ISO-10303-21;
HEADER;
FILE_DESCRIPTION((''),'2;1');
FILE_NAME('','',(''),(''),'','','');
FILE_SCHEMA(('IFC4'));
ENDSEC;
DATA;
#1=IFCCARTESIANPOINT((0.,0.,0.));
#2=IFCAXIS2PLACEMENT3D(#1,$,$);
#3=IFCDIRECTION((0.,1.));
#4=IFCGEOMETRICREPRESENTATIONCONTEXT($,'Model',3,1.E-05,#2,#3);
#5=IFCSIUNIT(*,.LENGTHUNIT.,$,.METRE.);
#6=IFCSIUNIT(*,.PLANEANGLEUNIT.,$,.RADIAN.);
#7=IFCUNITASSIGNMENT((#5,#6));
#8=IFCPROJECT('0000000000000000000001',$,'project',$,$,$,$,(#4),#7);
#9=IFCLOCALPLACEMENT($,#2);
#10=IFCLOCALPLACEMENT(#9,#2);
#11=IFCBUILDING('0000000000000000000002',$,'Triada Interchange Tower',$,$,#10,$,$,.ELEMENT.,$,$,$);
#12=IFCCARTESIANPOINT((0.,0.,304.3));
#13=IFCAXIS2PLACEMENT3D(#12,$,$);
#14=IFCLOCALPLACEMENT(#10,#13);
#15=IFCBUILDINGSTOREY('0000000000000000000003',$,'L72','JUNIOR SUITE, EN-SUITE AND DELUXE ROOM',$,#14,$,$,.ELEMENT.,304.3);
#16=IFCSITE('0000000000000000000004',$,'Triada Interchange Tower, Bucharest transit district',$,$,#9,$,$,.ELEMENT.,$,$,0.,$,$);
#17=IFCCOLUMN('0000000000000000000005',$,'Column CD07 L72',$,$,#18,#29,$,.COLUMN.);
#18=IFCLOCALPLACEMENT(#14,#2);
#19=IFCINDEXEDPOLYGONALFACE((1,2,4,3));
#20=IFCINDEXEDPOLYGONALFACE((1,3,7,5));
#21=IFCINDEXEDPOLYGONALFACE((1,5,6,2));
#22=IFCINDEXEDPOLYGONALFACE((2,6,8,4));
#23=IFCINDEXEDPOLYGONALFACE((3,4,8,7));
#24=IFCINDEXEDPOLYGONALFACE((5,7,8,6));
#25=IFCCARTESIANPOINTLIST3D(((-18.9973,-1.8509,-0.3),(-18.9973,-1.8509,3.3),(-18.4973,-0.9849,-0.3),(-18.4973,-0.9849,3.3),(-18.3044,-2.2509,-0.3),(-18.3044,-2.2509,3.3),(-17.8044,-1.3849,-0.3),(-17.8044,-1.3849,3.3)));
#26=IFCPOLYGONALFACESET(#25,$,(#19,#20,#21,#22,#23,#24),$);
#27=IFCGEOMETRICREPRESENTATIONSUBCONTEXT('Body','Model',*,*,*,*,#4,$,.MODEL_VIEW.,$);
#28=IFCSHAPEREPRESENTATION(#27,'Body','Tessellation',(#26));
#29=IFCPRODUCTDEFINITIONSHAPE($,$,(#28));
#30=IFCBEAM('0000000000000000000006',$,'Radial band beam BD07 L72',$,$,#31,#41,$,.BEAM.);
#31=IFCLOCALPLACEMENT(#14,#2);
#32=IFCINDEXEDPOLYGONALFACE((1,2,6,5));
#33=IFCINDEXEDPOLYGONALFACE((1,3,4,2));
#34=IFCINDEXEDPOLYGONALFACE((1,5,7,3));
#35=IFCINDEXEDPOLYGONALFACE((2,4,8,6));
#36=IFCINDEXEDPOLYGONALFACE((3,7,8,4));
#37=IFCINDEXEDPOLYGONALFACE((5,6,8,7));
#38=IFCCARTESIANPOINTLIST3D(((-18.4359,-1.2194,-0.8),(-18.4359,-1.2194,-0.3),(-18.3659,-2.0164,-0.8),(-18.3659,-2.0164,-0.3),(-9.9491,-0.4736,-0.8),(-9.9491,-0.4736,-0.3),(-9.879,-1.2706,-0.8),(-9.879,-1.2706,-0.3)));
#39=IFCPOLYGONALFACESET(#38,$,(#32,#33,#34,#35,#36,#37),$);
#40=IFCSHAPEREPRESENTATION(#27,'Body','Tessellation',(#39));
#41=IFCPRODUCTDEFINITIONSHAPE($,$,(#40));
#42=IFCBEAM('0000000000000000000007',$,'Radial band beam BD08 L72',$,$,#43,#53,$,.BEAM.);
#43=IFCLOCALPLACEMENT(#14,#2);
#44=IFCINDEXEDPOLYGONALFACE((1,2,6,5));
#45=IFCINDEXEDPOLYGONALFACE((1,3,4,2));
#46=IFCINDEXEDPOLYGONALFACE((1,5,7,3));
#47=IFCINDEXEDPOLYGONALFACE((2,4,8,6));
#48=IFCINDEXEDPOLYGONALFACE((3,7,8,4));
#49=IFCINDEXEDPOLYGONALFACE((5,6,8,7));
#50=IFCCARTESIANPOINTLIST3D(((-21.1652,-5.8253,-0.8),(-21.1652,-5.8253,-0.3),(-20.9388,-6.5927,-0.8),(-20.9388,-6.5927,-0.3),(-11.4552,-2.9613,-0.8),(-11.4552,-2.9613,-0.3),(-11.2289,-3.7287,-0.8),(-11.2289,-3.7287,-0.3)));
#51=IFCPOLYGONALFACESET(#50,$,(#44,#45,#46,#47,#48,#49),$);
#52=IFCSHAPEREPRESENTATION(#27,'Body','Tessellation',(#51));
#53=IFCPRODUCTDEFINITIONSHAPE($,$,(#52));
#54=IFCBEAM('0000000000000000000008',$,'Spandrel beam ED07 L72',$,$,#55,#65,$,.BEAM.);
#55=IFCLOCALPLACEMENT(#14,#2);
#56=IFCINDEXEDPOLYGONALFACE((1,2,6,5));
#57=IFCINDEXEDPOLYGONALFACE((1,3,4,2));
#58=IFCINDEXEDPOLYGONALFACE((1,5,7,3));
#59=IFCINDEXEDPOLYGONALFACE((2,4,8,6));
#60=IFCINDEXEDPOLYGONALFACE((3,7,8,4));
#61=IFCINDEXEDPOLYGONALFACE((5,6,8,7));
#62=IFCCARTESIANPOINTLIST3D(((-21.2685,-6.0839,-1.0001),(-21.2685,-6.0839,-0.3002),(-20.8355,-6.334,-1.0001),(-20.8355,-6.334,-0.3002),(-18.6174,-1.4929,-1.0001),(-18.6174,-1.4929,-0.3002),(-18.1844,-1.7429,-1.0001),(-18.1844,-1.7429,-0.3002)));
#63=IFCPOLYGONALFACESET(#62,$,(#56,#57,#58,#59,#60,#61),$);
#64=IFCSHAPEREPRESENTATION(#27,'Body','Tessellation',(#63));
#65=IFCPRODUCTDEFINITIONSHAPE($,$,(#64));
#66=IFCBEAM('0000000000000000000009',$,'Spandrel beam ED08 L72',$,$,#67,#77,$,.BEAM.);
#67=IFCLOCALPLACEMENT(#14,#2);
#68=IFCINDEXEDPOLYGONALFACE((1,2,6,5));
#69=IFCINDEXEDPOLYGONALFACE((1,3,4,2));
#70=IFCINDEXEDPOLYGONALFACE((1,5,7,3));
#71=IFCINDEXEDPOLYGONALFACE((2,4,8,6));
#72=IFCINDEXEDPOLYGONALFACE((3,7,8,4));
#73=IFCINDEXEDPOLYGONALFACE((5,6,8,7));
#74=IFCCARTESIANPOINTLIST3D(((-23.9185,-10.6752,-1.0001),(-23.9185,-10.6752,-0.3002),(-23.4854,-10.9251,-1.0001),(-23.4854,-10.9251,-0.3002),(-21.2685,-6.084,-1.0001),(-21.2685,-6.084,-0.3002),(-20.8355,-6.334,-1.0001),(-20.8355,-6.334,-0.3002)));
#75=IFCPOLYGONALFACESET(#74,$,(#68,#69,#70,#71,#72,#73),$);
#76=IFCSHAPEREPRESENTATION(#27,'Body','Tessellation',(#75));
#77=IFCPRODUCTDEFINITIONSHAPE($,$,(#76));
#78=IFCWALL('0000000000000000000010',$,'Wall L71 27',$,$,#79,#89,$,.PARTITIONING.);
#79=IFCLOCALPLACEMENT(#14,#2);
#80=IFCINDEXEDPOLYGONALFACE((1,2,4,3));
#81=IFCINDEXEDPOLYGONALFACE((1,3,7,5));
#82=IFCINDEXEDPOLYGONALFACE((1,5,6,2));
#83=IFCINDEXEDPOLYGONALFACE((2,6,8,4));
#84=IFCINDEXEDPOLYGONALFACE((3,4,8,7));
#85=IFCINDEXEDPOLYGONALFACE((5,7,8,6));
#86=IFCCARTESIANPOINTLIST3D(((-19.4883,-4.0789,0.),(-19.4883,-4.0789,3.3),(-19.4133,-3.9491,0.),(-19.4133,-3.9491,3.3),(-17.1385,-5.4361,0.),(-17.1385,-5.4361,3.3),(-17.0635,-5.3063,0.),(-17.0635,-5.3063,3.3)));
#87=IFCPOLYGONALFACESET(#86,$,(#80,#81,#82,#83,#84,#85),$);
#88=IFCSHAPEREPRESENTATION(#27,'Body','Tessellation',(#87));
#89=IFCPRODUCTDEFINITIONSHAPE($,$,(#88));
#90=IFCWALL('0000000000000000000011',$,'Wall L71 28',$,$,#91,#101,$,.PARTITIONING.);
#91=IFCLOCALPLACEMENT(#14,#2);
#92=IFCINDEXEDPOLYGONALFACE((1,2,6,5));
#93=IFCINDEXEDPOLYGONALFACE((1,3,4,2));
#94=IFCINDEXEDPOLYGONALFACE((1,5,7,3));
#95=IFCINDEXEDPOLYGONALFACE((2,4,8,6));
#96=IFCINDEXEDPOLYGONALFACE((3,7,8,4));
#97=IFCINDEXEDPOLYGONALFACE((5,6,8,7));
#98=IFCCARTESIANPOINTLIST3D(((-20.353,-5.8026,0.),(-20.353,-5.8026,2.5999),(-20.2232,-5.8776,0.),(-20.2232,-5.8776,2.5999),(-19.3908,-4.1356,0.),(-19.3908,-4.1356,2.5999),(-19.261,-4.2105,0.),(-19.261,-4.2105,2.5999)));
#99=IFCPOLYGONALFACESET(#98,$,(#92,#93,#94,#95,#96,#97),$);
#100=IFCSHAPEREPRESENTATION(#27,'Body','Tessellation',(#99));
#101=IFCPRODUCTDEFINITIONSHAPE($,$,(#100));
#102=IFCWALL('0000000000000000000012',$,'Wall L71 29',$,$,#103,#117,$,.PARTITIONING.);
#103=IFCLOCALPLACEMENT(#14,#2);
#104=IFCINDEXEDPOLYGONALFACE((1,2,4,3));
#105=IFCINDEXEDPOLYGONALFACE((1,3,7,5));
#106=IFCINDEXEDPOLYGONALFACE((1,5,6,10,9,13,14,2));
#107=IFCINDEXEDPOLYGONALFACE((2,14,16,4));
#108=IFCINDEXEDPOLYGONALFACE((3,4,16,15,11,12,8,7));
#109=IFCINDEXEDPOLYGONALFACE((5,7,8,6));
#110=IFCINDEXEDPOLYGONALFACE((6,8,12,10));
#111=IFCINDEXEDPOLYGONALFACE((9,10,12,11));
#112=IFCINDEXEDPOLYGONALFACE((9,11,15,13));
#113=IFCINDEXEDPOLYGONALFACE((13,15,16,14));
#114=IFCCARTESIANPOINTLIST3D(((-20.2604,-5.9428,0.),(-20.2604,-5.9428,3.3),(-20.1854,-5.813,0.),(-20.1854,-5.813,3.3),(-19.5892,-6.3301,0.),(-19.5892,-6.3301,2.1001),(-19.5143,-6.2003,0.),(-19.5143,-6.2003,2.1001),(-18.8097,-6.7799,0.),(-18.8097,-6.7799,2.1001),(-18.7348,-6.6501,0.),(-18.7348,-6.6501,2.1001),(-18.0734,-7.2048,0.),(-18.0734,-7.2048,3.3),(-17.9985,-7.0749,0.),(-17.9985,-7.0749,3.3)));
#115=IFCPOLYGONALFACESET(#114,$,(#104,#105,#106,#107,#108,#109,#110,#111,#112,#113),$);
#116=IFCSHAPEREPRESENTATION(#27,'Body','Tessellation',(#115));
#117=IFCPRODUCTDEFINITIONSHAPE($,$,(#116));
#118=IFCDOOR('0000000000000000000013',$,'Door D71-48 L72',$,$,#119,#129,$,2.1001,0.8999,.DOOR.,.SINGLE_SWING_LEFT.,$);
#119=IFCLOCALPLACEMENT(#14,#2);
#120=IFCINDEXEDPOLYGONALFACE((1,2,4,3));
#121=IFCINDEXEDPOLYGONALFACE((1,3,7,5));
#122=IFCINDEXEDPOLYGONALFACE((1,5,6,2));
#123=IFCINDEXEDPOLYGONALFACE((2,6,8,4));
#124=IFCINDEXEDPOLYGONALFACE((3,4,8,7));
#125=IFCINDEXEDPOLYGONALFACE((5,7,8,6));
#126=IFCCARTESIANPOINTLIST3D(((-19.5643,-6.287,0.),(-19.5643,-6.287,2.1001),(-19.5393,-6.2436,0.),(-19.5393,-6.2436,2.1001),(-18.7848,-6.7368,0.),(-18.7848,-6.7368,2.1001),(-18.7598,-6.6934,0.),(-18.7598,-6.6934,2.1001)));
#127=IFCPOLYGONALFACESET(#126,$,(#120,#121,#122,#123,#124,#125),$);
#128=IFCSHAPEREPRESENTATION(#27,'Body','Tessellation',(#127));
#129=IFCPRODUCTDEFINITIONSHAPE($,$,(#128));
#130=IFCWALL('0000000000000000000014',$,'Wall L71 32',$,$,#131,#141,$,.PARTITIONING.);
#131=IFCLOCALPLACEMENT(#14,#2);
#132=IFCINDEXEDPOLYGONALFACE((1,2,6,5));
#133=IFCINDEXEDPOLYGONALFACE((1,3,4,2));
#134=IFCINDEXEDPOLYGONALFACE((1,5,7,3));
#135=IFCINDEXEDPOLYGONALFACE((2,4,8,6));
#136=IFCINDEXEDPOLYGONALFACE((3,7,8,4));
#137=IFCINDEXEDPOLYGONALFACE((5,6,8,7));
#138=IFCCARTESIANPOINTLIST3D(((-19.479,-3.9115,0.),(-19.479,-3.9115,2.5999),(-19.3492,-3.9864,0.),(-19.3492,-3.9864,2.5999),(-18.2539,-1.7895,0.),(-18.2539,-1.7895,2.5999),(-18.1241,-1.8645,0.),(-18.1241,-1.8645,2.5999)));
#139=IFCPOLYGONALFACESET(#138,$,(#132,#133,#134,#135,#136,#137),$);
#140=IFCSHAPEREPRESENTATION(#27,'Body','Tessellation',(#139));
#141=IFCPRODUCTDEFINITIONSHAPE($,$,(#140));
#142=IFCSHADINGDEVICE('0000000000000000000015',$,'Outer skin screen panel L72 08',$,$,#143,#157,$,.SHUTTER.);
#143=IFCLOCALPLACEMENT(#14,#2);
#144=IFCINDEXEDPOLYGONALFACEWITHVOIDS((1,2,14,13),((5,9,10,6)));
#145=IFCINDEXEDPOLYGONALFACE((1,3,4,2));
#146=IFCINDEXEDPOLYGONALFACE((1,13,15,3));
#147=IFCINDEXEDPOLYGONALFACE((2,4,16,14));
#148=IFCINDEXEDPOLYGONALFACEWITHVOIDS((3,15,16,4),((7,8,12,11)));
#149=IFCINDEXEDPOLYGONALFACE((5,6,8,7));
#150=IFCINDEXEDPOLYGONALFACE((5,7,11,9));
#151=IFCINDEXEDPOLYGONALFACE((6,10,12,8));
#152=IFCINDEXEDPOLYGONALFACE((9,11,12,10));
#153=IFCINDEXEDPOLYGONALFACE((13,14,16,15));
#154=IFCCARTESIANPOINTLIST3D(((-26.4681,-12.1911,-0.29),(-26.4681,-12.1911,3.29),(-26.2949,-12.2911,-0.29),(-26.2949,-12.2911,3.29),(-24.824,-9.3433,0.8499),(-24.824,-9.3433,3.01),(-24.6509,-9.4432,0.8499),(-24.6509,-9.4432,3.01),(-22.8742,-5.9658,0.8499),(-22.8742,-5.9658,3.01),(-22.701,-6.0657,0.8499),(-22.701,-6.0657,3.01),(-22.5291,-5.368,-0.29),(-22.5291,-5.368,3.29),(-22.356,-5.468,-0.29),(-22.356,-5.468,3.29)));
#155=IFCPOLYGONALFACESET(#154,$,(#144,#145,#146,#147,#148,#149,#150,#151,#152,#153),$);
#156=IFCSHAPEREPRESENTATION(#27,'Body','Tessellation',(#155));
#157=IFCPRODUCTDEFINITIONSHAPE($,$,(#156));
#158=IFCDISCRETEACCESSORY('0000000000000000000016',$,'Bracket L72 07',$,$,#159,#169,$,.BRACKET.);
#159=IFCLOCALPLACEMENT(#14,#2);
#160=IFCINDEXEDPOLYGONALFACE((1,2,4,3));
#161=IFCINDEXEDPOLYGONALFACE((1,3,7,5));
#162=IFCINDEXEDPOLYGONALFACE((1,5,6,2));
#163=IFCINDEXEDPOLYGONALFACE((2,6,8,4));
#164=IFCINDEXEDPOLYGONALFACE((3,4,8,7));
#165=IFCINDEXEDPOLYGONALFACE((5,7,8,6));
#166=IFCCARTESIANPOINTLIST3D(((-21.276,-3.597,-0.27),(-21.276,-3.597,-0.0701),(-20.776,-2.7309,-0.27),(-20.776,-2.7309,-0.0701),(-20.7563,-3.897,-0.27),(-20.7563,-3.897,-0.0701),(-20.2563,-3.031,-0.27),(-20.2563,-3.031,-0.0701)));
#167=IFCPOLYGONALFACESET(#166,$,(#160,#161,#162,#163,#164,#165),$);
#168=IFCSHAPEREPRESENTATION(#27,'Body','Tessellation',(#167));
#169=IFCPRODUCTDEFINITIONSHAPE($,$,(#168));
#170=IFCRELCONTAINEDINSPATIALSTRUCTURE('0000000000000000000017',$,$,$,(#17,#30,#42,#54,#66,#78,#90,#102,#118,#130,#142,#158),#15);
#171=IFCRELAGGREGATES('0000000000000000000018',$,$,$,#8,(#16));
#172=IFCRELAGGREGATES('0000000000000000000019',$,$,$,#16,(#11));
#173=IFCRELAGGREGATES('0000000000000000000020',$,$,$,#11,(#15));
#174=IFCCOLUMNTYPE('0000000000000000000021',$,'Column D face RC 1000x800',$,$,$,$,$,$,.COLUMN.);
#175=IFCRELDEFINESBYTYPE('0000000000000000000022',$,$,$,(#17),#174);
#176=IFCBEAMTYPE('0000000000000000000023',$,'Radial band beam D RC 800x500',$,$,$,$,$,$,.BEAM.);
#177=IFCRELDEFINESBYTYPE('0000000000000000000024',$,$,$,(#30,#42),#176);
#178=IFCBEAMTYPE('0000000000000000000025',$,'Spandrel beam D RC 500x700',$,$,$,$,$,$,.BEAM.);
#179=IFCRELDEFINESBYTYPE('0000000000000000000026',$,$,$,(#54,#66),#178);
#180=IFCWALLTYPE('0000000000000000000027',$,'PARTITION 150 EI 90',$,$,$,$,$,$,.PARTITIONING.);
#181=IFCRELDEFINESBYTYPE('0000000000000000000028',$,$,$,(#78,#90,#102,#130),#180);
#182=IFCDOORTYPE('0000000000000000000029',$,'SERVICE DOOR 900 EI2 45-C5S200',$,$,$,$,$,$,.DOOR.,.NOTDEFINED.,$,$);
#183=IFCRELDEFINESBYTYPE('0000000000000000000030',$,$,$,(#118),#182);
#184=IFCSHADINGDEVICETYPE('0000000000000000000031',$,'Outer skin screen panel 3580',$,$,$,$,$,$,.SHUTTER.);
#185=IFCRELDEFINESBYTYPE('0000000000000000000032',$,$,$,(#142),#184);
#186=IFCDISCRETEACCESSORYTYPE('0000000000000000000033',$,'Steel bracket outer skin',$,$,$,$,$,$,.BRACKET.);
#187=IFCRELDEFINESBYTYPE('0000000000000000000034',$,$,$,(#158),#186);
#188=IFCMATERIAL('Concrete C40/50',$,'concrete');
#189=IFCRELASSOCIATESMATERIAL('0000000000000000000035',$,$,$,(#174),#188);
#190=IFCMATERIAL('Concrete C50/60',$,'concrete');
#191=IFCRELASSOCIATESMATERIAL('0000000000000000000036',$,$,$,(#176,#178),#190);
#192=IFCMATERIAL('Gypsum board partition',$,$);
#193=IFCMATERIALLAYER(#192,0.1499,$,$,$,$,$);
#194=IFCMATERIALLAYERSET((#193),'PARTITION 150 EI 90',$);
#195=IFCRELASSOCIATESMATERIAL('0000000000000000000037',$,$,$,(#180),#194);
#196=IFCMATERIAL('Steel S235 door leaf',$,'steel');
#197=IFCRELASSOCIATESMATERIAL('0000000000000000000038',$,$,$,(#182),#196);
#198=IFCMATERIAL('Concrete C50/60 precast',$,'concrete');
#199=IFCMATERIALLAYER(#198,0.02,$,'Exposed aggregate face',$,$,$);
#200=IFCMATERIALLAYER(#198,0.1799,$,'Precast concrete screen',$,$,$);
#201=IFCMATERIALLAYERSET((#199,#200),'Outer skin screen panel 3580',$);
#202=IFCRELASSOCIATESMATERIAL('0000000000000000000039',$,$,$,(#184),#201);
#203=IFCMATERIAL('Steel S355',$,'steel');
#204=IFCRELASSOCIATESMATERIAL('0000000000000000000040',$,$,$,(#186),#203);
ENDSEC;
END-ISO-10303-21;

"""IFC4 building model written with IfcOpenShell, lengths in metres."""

from ifc_helpers import new_model, si_unit, direction, frame, frame_2d, origin, origin_2d, place, context, subcontext, project, spatial, polyline, rectangle, outline, extrude, material, layer, layer_set, material_profile, profile_set, type_object, element, fill, save


model = new_model("IFC4")

# Units and contexts
model_context = context("Model", 3, precision=1e-05, world=origin(), true_north=direction((0.0, 1.0)))
body_context = subcontext(model_context, "Body", "Model", "MODEL_VIEW")
ifc_project = project(units=[si_unit("LENGTHUNIT", "METRE"), si_unit("PLANEANGLEUNIT", "RADIAN")], contexts=[model_context])

# Site, building, storey
site_placement = place(None, origin())
site = spatial("IfcSite", under=ifc_project, at=site_placement, Name="Triada Interchange Tower, Bucharest transit district", CompositionType="ELEMENT", RefElevation=0.0)
building_placement = place(site_placement, origin())
building = spatial("IfcBuilding", under=site, at=building_placement, Name="Triada Interchange Tower", CompositionType="ELEMENT")
storey_placement = place(building_placement, frame((0.0, 0.0, 304.3)))
storey = spatial("IfcBuildingStorey", under=building, at=storey_placement, Name="L72", Description="JUNIOR SUITE, EN-SUITE AND DELUXE ROOM", CompositionType="ELEMENT", Elevation=304.3)

# Column
ifc_material_1 = material(Name="Concrete C40/50", Category="concrete")
ifc_material_profile_1 = material_profile(ifc_material_1, rectangle(XDim=1.0, YDim=0.8, at=origin_2d()), Name="RC 1000x800")
ifc_profile_set_1 = profile_set([ifc_material_profile_1], Name="Concrete C40/50")
column_type = type_object("IfcColumnType", Name="Column D face RC 1000x800", PredefinedType="COLUMN", material=ifc_profile_set_1)
column_placement = place(storey_placement, frame((-18.4009, -1.6179, -0.3), z_axis=(0.0, 0.0, 1.0), x_axis=(0.5, 0.866025, 0.0)))
element("IfcColumn", 1, at=column_placement, inside=storey, type_object=column_type, Name="Column CD07 L72", PredefinedType="COLUMN", context=body_context, shape_type="SweptSolid", body=[
    extrude(rectangle(XDim=1.0, YDim=0.8, at=origin_2d()), origin(), (0.0, 0.0, 1.0), 3.6001),
])

# Beams
ifc_material_2 = material(Name="Concrete C50/60", Category="concrete")
ifc_material_profile_2 = material_profile(ifc_material_2, rectangle(XDim=0.8, YDim=0.5, at=origin_2d()), Name="RC 800x500")
ifc_profile_set_2 = profile_set([ifc_material_profile_2], Name="Concrete C50/60")
beam_type_1 = type_object("IfcBeamType", Name="Radial band beam D RC 800x500", PredefinedType="BEAM", material=ifc_profile_set_2)
beam_1_placement = place(storey_placement, frame((-18.4009, -1.6179, -0.55), z_axis=(0.99616, 0.087546, 0.0), x_axis=(-0.087546, 0.99616, 0.0)))
element("IfcBeam", 2, at=beam_1_placement, inside=storey, type_object=beam_type_1, Name="Radial band beam BD07 L72", PredefinedType="BEAM", context=body_context, shape_type="SweptSolid", body=[
    extrude(rectangle(XDim=0.8, YDim=0.5, at=origin_2d()), origin(), (0.0, 0.0, 1.0), 8.5195),
])
beam_2_placement = place(storey_placement, frame((-21.052, -6.209, -0.55), z_axis=(0.959147, 0.282907, 0.0), x_axis=(-0.282907, 0.959147, 0.0)))
element("IfcBeam", 3, at=beam_2_placement, inside=storey, type_object=beam_type_1, Name="Radial band beam BD08 L72", PredefinedType="BEAM", context=body_context, shape_type="SweptSolid", body=[
    extrude(rectangle(XDim=0.8, YDim=0.5, at=origin_2d()), origin(), (0.0, 0.0, 1.0), 10.1235),
])
ifc_material_profile_3 = material_profile(ifc_material_2, rectangle(XDim=0.5, YDim=0.7, at=origin_2d()), Name="RC 500x700")
ifc_profile_set_3 = profile_set([ifc_material_profile_3], Name="Concrete C50/60")
beam_type_2 = type_object("IfcBeamType", Name="Spandrel beam D RC 500x700", PredefinedType="BEAM", material=ifc_profile_set_3)
beam_3_placement = place(storey_placement, frame((-18.4009, -1.6179, -0.6501), z_axis=(-0.500067, -0.865987, 0.0), x_axis=(0.865987, -0.500067, 0.0)))
element("IfcBeam", 4, at=beam_3_placement, inside=storey, type_object=beam_type_2, Name="Spandrel beam ED07 L72", PredefinedType="BEAM", context=body_context, shape_type="SweptSolid", body=[
    extrude(rectangle(XDim=0.5, YDim=0.7, at=origin_2d()), origin(), (0.0, 0.0, 1.0), 5.3015),
])
beam_4_placement = place(storey_placement, frame((-21.052, -6.209, -0.6501), z_axis=(-0.499894, -0.866087, 0.0), x_axis=(0.866087, -0.499894, 0.0)))
element("IfcBeam", 5, at=beam_4_placement, inside=storey, type_object=beam_type_2, Name="Spandrel beam ED08 L72", PredefinedType="BEAM", context=body_context, shape_type="SweptSolid", body=[
    extrude(rectangle(XDim=0.5, YDim=0.7, at=origin_2d()), origin(), (0.0, 0.0, 1.0), 5.301),
])

# Walls
ifc_material_3 = material(Name="Gypsum board partition")
ifc_layer_1 = layer(ifc_material_3, 0.1499)
ifc_layer_set_1 = layer_set([ifc_layer_1], Name="PARTITION 150 EI 90")
wall_type = type_object("IfcWallType", Name="PARTITION 150 EI 90", PredefinedType="PARTITIONING", material=ifc_layer_set_1)
wall_1_placement = place(storey_placement, frame((-19.4509, -4.0139, 0.0), z_axis=(0.0, 0.0, 1.0), x_axis=(0.865947, -0.500135, 0.0)))
element("IfcWall", 6, at=wall_1_placement, inside=storey, type_object=wall_type, Name="Wall L71 27", PredefinedType="PARTITIONING", context=body_context, shape_type="SweptSolid", body=[
    extrude(rectangle(XDim=2.7136, YDim=0.1499, at=frame_2d((1.3569, 0.0))), origin(), (0.0, 0.0, 1.0), 3.3),
])
wall_2_placement = place(storey_placement, frame((-20.2881, -5.8401, 0.0), z_axis=(0.0, 0.0, 1.0), x_axis=(0.499891, 0.866088, 0.0)))
element("IfcWall", 7, at=wall_2_placement, inside=storey, type_object=wall_type, Name="Wall L71 28", PredefinedType="PARTITIONING", context=body_context, shape_type="SweptSolid", body=[
    extrude(rectangle(XDim=1.9248, YDim=0.1499, at=frame_2d((0.9624, 0.0))), origin(), (0.0, 0.0, 1.0), 2.5999),
])

# Wall, opening, door
wall_3_placement = place(storey_placement, frame((-20.2229, -5.8779, 0.0), z_axis=(0.0, 0.0, 1.0), x_axis=(0.866147, -0.499789, 0.0)))
wall_3 = element("IfcWall", 8, at=wall_3_placement, inside=storey, type_object=wall_type, Name="Wall L71 29", PredefinedType="PARTITIONING", context=body_context, shape_type="SweptSolid", body=[
    extrude(rectangle(XDim=2.5249, YDim=0.1499, at=frame_2d((1.2625, 0.0))), origin(), (0.0, 0.0, 1.0), 3.3),
])
opening_placement = place(wall_3_placement, frame((0.7749, 0.0, 0.0)))
opening = element("IfcOpeningElement", 9, at=opening_placement, cuts=wall_3, PredefinedType="OPENING", context=body_context, shape_type="SweptSolid", body=[
    extrude(rectangle(XDim=0.8999, YDim=2.1001, at=frame_2d((0.45, 1.05))), frame((0.0, 0.085, 0.0), z_axis=(0.0, -1.0, 0.0), x_axis=(1.0, 0.0, 0.0)), (0.0, 0.0, 1.0), 0.1699),
])
ifc_material_4 = material(Name="Steel S235 door leaf", Category="steel")
door_type = type_object("IfcDoorType", Name="SERVICE DOOR 900 EI2 45-C5S200", OperationType="NOTDEFINED", PredefinedType="DOOR", material=ifc_material_4)
door_placement = place(opening_placement, origin())
door = element("IfcDoor", 10, at=door_placement, inside=storey, type_object=door_type, Name="Door D71-48 L72", OperationType="SINGLE_SWING_LEFT", OverallHeight=2.1001, OverallWidth=0.8999, PredefinedType="DOOR", context=body_context, shape_type="SweptSolid", body=[
    extrude(rectangle(XDim=0.8999, YDim=2.1001, at=frame_2d((0.45, 1.05))), frame((0.0, 0.0249, 0.0), z_axis=(0.0, -1.0, 0.0), x_axis=(1.0, 0.0, 0.0)), (0.0, 0.0, 1.0), 0.05),
])
fill(opening, door)

# Wall
wall_4_placement = place(storey_placement, frame((-19.4141, -3.949, 0.0), z_axis=(0.0, 0.0, 1.0), x_axis=(0.499975, 0.86604, 0.0)))
element("IfcWall", 11, at=wall_4_placement, inside=storey, type_object=wall_type, Name="Wall L71 32", PredefinedType="PARTITIONING", context=body_context, shape_type="SweptSolid", body=[
    extrude(rectangle(XDim=2.4502, YDim=0.1499, at=frame_2d((1.2251, 0.0))), origin(), (0.0, 0.0, 1.0), 2.5999),
])

# Shading device
ifc_material_5 = material(Name="Concrete C50/60 precast", Category="concrete")
ifc_layer_2 = layer(ifc_material_5, 0.02, Name="Exposed aggregate face")
ifc_layer_3 = layer(ifc_material_5, 0.1799, Name="Precast concrete screen")
ifc_layer_set_2 = layer_set([ifc_layer_2, ifc_layer_3], Name="Outer skin screen panel 3580")
shading_device_type = type_object("IfcShadingDeviceType", Name="Outer skin screen panel 3580", PredefinedType="SHUTTER", material=ifc_layer_set_2)
shading_device_placement = place(storey_placement, frame((-22.356, -5.468, -0.29), z_axis=(0.0, 0.0, 1.0), x_axis=(-0.499972, -0.866042, 0.0)))
element("IfcShadingDevice", 12, at=shading_device_placement, inside=storey, type_object=shading_device_type, Name="Outer skin screen panel L72 08", PredefinedType="SHUTTER", context=body_context, shape_type="SweptSolid", body=[
    extrude(outline(polyline([(0.0, 0.0), (7.8784, 0.0), (7.8784, 3.5801), (0.0, 3.5801), (0.0, 0.0)]), holes=[polyline([(0.6902, 1.1399), (0.6902, 3.3), (4.5901, 3.3), (4.5901, 1.1399), (0.6902, 1.1399)])]), frame((0.0, 0.0, 0.0), z_axis=(0.0, -1.0, 0.0), x_axis=(1.0, 0.0, 0.0)), (0.0, 0.0, 1.0), 0.2),
])

# Discrete accessory
ifc_material_6 = material(Name="Steel S355", Category="steel")
discrete_accessory_type = type_object("IfcDiscreteAccessoryType", Name="Steel bracket outer skin", PredefinedType="BRACKET", material=ifc_material_6)
discrete_accessory_placement = place(storey_placement, frame((-20.7661, -3.314, -0.27), z_axis=(0.0, 0.0, 1.0), x_axis=(-0.866027, 0.499997, 0.0)))
element("IfcDiscreteAccessory", 13, at=discrete_accessory_placement, inside=storey, type_object=discrete_accessory_type, Name="Bracket L72 07", PredefinedType="BRACKET", context=body_context, shape_type="SweptSolid", body=[
    extrude(rectangle(XDim=0.6001, YDim=1.0, at=origin_2d()), origin(), (0.0, 0.0, 1.0), 0.2),
])

save(model, "model.ifc")
